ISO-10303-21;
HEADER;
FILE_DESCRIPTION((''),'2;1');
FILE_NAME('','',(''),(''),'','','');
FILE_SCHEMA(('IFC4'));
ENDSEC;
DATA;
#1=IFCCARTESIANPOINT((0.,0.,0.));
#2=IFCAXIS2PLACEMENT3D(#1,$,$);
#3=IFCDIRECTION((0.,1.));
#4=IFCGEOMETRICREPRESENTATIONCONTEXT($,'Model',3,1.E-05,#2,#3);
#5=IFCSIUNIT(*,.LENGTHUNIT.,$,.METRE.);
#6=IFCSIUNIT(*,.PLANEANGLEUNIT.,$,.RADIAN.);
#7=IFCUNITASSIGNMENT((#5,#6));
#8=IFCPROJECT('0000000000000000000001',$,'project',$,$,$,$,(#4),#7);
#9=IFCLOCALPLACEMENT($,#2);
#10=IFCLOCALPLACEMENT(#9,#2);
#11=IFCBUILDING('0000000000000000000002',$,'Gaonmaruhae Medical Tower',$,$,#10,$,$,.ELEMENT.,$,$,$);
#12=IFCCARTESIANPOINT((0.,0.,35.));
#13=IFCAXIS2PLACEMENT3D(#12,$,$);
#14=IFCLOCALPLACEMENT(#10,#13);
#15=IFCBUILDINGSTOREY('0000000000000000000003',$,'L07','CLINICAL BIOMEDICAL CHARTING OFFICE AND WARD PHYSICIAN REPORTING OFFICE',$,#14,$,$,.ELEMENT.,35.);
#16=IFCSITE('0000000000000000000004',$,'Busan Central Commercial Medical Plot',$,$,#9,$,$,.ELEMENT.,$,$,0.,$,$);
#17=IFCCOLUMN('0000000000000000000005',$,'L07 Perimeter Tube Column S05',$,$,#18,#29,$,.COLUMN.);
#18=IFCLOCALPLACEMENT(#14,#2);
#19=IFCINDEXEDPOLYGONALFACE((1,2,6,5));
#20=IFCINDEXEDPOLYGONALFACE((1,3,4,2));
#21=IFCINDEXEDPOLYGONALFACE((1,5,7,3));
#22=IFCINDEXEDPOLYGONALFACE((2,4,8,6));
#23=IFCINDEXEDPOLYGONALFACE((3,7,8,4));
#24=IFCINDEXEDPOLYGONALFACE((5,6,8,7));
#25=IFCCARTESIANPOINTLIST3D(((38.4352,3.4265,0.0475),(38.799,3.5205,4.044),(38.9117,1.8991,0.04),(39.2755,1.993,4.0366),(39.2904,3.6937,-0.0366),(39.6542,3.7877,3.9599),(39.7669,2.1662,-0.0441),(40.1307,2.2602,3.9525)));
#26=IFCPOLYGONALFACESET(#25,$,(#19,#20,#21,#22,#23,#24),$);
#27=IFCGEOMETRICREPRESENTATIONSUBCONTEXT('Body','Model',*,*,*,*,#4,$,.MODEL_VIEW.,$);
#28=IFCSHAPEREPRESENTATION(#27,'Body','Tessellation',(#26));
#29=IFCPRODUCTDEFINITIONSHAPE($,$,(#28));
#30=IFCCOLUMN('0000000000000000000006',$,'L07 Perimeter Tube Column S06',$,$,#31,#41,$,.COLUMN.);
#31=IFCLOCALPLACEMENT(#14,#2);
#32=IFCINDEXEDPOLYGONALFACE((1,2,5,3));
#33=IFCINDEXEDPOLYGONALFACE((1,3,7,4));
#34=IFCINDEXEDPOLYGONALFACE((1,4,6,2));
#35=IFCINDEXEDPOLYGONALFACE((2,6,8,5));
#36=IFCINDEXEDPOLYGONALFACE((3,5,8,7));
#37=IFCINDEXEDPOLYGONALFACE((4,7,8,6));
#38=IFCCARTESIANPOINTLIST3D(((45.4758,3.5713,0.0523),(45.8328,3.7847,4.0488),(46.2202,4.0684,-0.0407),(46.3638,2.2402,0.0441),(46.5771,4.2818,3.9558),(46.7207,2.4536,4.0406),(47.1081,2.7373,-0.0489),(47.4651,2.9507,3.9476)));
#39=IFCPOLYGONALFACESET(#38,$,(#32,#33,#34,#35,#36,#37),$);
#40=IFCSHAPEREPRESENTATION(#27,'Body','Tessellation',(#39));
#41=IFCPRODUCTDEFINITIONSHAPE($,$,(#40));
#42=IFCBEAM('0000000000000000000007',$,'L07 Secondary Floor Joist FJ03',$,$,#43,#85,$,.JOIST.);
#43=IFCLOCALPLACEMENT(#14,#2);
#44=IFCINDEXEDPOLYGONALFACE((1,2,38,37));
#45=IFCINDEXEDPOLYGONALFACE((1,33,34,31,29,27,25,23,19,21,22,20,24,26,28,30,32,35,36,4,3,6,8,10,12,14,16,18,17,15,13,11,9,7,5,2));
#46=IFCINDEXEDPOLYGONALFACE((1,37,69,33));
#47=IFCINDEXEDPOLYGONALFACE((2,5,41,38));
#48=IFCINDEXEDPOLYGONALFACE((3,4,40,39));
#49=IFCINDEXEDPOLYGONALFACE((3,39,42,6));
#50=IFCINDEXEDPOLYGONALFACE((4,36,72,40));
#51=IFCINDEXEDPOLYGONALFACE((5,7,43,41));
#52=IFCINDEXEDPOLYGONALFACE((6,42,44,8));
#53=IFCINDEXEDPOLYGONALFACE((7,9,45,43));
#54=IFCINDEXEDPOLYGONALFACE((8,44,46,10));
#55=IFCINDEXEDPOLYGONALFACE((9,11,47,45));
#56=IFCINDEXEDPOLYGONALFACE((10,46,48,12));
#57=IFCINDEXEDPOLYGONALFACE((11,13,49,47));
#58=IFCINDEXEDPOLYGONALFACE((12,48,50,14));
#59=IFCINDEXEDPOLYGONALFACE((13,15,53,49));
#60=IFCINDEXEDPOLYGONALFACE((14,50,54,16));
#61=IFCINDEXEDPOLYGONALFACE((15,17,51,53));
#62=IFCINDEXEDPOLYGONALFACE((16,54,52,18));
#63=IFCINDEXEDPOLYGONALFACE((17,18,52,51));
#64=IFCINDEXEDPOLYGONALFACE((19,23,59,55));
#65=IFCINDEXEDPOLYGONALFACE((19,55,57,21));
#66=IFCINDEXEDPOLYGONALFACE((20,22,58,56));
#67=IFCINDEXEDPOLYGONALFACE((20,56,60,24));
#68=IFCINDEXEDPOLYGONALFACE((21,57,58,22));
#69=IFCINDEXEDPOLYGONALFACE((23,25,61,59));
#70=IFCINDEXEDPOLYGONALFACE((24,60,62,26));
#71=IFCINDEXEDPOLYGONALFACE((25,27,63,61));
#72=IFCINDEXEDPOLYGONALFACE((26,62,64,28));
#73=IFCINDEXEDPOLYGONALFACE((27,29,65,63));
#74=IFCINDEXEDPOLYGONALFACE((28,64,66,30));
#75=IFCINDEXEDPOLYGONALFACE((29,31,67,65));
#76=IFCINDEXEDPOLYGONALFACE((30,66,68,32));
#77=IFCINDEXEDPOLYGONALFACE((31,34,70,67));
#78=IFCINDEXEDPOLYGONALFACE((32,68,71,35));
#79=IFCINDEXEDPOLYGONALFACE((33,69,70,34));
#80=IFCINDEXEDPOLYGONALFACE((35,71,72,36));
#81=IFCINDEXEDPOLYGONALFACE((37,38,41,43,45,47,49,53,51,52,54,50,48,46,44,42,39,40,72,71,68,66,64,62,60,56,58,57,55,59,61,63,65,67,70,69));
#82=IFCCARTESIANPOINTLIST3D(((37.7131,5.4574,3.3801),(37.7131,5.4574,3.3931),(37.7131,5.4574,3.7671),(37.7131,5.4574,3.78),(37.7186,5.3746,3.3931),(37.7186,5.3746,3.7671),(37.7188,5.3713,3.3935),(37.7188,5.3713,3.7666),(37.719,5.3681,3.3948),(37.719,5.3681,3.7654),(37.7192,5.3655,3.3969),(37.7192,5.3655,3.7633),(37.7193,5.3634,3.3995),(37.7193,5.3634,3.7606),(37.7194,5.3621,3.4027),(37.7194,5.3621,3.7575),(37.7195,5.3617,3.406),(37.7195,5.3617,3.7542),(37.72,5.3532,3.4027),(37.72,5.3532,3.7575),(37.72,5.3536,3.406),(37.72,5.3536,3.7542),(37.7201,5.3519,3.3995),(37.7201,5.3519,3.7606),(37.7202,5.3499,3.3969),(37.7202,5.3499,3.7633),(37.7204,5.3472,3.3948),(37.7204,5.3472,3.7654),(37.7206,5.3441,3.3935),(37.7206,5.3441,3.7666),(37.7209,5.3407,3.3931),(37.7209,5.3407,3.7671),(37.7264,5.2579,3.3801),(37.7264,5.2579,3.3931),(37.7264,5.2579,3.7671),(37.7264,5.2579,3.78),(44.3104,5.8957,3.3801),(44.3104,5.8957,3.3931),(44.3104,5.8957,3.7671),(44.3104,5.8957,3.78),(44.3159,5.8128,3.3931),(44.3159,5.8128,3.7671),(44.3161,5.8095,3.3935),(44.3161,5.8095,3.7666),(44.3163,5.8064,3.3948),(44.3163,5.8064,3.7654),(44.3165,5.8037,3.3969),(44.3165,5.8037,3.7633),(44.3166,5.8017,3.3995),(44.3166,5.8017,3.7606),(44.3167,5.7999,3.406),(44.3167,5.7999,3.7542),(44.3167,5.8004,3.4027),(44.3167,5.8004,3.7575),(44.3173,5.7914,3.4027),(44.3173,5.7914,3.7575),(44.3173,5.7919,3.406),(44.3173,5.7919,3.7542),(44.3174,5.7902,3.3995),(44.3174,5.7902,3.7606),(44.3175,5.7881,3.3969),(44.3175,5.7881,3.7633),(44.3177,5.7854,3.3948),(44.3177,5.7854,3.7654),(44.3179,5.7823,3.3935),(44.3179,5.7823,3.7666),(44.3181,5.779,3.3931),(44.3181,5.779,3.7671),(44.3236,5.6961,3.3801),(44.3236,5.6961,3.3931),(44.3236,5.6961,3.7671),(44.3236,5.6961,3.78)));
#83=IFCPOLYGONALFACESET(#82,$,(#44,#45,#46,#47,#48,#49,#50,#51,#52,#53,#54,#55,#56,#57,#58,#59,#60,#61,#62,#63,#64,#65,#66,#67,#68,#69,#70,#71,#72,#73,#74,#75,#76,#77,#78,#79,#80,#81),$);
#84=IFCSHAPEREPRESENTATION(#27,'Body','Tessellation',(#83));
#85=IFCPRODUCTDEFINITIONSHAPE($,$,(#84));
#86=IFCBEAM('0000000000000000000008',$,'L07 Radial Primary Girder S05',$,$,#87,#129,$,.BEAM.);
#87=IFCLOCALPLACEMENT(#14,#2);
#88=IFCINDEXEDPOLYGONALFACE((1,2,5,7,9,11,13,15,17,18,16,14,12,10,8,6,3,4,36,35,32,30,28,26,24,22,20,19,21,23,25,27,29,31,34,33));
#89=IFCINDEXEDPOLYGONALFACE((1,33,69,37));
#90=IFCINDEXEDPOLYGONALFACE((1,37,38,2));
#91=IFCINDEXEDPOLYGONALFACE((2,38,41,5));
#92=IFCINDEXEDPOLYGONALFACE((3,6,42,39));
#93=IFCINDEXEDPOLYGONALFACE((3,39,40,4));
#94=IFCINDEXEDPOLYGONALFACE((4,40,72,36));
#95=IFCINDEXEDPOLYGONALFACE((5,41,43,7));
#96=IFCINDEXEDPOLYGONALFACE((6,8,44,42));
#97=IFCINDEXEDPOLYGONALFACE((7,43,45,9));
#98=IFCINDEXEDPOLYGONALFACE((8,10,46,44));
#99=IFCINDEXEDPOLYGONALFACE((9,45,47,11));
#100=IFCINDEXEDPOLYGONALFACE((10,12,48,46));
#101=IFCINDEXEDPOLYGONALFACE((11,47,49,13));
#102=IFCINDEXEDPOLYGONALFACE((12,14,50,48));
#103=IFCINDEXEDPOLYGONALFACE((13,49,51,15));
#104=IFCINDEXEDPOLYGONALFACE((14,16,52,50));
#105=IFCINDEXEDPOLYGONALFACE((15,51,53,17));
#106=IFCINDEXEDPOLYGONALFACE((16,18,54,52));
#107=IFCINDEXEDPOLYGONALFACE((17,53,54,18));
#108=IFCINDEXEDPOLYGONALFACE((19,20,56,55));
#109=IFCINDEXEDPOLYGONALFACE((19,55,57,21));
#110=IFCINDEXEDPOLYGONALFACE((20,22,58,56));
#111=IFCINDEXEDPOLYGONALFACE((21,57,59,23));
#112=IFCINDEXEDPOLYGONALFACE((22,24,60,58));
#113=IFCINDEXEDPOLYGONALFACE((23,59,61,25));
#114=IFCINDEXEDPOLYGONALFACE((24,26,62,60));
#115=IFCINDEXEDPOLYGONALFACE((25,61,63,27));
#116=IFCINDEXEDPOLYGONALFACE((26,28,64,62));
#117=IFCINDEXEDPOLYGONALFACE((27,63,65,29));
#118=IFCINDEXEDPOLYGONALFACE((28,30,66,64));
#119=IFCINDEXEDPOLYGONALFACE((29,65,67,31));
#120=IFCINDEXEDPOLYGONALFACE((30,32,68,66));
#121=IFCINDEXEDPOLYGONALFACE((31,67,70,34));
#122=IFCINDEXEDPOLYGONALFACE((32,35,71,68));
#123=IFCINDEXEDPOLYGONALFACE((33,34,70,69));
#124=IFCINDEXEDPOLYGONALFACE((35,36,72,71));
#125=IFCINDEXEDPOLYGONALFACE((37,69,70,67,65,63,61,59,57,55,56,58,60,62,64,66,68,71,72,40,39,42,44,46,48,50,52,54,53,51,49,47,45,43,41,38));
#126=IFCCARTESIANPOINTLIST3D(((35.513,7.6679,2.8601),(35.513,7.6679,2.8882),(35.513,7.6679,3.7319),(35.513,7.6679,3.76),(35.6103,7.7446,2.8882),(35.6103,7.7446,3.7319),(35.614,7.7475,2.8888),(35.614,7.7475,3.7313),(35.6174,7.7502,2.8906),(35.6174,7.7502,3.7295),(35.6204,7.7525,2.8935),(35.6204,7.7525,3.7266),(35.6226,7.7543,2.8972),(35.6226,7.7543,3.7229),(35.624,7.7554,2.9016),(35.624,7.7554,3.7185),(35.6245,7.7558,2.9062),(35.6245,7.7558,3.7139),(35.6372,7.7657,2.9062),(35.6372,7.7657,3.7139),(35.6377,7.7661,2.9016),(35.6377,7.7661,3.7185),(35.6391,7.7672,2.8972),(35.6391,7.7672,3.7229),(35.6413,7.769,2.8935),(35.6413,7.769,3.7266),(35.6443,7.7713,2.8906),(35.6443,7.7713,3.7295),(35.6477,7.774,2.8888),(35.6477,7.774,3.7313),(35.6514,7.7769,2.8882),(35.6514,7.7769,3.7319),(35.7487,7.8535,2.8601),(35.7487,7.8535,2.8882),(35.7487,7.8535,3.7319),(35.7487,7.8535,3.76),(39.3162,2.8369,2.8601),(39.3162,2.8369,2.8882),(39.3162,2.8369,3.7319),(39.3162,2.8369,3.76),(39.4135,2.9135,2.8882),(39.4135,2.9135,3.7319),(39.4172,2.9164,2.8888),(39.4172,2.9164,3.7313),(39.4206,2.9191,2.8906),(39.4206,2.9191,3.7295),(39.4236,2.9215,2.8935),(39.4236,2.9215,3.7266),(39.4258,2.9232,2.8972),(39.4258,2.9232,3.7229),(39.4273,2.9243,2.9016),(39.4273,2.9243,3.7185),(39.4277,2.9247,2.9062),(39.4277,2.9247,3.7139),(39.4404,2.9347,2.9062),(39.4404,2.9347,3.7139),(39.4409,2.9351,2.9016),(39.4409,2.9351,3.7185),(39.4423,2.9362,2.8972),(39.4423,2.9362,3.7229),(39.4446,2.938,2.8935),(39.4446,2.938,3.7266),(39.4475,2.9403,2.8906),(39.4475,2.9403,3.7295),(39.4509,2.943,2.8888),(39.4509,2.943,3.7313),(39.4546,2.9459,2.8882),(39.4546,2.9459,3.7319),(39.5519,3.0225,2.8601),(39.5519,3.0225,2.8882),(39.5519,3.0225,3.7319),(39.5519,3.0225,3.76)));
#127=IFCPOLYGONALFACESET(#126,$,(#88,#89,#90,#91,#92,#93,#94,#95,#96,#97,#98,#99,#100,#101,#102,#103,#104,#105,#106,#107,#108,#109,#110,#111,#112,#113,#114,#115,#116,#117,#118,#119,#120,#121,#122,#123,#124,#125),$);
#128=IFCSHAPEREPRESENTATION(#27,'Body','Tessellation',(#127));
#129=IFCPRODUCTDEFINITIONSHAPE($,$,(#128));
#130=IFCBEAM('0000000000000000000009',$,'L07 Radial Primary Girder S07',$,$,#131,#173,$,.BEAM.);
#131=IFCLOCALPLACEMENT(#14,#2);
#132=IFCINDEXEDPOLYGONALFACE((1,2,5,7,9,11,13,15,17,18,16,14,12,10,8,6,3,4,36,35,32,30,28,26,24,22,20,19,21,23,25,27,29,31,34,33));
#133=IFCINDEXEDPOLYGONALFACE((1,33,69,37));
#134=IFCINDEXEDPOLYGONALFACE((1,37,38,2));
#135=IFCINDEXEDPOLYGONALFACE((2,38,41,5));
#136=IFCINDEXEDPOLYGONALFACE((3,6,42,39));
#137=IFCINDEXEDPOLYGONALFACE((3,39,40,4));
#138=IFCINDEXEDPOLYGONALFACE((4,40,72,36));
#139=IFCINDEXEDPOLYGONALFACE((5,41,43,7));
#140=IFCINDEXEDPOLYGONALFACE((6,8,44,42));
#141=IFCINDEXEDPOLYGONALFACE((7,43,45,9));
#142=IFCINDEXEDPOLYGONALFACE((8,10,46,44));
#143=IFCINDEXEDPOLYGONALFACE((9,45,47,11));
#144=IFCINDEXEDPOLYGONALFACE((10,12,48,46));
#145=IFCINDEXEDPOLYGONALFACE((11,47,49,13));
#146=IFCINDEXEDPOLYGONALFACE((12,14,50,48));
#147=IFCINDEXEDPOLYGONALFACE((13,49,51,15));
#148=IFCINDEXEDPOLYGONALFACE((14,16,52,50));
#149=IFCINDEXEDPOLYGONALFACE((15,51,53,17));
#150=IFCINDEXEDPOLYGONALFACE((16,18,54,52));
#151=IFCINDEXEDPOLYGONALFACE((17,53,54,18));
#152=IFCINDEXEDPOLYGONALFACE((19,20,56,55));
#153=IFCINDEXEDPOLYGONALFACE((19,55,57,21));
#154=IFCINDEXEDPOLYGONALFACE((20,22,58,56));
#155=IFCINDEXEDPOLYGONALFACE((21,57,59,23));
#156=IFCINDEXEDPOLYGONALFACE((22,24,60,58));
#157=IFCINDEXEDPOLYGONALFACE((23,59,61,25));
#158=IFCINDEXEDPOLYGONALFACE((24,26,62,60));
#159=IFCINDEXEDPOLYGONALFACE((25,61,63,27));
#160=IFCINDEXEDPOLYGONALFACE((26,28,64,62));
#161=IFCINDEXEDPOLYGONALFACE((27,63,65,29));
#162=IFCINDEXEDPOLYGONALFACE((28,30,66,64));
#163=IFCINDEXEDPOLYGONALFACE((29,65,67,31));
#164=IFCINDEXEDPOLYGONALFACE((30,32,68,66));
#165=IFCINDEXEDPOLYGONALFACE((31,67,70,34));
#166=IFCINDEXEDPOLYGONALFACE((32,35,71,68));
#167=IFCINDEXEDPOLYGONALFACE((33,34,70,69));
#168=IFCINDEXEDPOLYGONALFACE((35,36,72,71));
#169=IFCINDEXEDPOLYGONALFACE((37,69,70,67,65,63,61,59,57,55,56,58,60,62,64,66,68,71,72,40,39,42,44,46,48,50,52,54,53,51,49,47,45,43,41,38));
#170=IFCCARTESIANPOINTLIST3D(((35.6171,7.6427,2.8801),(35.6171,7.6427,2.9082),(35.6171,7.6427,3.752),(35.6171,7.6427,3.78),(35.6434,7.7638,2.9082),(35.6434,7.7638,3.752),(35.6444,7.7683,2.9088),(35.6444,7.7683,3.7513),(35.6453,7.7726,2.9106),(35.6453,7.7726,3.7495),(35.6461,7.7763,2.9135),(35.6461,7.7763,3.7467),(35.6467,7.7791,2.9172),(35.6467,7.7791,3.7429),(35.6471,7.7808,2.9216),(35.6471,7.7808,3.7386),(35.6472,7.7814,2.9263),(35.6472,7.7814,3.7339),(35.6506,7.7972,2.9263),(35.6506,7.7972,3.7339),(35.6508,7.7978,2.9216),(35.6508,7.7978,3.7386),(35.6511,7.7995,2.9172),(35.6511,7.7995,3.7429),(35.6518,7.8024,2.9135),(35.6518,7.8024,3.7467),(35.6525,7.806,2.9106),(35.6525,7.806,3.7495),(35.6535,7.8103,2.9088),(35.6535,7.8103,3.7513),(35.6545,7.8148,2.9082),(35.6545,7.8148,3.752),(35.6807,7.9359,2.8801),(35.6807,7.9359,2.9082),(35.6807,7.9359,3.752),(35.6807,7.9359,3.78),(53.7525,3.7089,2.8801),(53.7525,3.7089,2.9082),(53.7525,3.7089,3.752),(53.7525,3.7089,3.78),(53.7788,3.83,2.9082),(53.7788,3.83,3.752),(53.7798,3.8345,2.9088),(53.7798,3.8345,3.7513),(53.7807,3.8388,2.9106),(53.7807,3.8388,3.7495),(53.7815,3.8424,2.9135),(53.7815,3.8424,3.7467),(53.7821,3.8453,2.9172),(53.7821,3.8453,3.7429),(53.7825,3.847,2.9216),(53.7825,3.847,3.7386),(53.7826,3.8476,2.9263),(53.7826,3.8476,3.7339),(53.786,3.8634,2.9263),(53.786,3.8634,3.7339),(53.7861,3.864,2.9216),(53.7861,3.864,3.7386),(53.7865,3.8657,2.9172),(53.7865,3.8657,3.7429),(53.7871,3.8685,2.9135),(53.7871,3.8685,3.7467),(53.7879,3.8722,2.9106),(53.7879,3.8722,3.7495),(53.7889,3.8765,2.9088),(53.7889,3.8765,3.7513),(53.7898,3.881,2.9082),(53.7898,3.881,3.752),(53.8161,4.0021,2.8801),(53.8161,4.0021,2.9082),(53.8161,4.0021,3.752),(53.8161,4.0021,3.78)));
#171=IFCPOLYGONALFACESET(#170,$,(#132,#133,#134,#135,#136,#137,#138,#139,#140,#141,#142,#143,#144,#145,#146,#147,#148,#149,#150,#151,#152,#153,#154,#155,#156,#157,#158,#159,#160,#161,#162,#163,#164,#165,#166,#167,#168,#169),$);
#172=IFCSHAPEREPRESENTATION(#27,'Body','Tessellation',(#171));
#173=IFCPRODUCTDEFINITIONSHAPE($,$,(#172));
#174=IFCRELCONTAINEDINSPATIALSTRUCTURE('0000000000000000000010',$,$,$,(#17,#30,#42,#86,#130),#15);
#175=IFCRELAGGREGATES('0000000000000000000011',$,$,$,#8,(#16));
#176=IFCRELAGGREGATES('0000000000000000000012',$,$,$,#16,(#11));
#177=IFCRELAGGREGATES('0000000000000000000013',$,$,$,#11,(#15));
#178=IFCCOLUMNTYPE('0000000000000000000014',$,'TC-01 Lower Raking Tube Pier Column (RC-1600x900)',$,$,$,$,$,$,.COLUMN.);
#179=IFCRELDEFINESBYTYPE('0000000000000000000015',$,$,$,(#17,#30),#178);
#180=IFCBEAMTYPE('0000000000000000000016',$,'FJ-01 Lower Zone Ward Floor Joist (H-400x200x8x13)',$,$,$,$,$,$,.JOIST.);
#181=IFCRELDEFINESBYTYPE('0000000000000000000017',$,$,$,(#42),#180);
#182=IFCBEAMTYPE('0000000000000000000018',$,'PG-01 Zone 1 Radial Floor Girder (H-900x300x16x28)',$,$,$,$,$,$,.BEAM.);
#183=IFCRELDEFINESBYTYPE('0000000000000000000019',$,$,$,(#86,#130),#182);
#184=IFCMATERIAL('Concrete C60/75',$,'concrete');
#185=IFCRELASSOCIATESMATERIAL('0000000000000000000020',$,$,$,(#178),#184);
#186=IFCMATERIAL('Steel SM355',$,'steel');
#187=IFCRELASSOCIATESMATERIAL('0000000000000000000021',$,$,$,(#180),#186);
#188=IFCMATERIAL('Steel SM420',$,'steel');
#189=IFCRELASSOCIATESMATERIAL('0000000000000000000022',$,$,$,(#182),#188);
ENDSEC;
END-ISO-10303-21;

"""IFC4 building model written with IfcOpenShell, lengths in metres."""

from ifc_helpers import new_model, si_unit, direction, frame, origin, origin_2d, place, context, subcontext, project, spatial, rectangle, i_section, extrude, material, material_profile, profile_set, type_object, element, save


model = new_model("IFC4")

# Units and contexts
model_context = context("Model", 3, precision=1e-05, world=origin(), true_north=direction((0.0, 1.0)))
body_context = subcontext(model_context, "Body", "Model", "MODEL_VIEW")
ifc_project = project(units=[si_unit("LENGTHUNIT", "METRE"), si_unit("PLANEANGLEUNIT", "RADIAN")], contexts=[model_context])

# Site, building, storey
site_placement = place(None, origin())
site = spatial("IfcSite", under=ifc_project, at=site_placement, Name="Busan Central Commercial Medical Plot", CompositionType="ELEMENT", RefElevation=0.0)
building_placement = place(site_placement, origin())
building = spatial("IfcBuilding", under=site, at=building_placement, Name="Gaonmaruhae Medical Tower", CompositionType="ELEMENT")
storey_placement = place(building_placement, frame((0.0, 0.0, 35.0)))
storey = spatial("IfcBuildingStorey", under=building, at=storey_placement, Name="L07", Description="CLINICAL BIOMEDICAL CHARTING OFFICE AND WARD PHYSICIAN REPORTING OFFICE", CompositionType="ELEMENT", Elevation=35.0)

# Columns
ifc_material_1 = material(Name="Concrete C60/75", Category="concrete")
ifc_material_profile_1 = material_profile(ifc_material_1, rectangle(XDim=1.6001, YDim=0.8999, at=origin_2d()), Name="RC-1600x900")
ifc_profile_set_1 = profile_set([ifc_material_profile_1], Name="Concrete C60/75")
column_type = type_object("IfcColumnType", Name="TC-01 Lower Raking Tube Pier Column (RC-1600x900)", PredefinedType="COLUMN", material=ifc_profile_set_1)
column_1_placement = place(storey_placement, frame((39.1011, 2.7964, 0.0017), z_axis=(0.090621, 0.023415, 0.99561), x_axis=(-0.297792, 0.954619, 0.004654)))
element("IfcColumn", 1, at=column_1_placement, inside=storey, type_object=column_type, Name="L07 Perimeter Tube Column S05", PredefinedType="COLUMN", context=body_context, shape_type="SweptSolid", body=[
    extrude(rectangle(XDim=1.6001, YDim=0.8999, at=origin_2d()), origin(), (0.0, 0.0, 1.0), 4.0142),
])
column_2_placement = place(storey_placement, frame((46.292, 3.1543, 0.0017), z_axis=(0.08883, 0.053104, 0.99463), x_axis=(-0.554927, 0.831883, 0.005146)))
element("IfcColumn", 2, at=column_2_placement, inside=storey, type_object=column_type, Name="L07 Perimeter Tube Column S06", PredefinedType="COLUMN", context=body_context, shape_type="SweptSolid", body=[
    extrude(rectangle(XDim=1.6001, YDim=0.8999, at=origin_2d()), origin(), (0.0, 0.0, 1.0), 4.0181),
])

# Beams
ifc_material_2 = material(Name="Steel SM355", Category="steel")
ifc_material_profile_2 = material_profile(ifc_material_2, i_section(OverallWidth=0.2, OverallDepth=0.3999, WebThickness=0.0081, FlangeThickness=0.0129, FilletRadius=0.0129, at=origin_2d()), Name="H-400x200x8x13")
ifc_profile_set_2 = profile_set([ifc_material_profile_2], Name="Steel SM355")
beam_type_1 = type_object("IfcBeamType", Name="FJ-01 Lower Zone Ward Floor Joist (H-400x200x8x13)", PredefinedType="JOIST", material=ifc_profile_set_2)
beam_1_placement = place(storey_placement, frame((37.7197, 5.3577, 3.5801), z_axis=(0.997801, 0.066281, 0.0), x_axis=(-0.066281, 0.997801, 0.0)))
element("IfcBeam", 3, at=beam_1_placement, inside=storey, type_object=beam_type_1, Name="L07 Secondary Floor Joist FJ03", PredefinedType="JOIST", context=body_context, shape_type="SweptSolid", body=[
    extrude(i_section(OverallWidth=0.2, OverallDepth=0.3999, WebThickness=0.0081, FlangeThickness=0.0129, FilletRadius=0.0129, at=origin_2d()), origin(), (0.0, 0.0, 1.0), 6.6118),
])
ifc_material_3 = material(Name="Steel SM420", Category="steel")
ifc_material_profile_3 = material_profile(ifc_material_3, i_section(OverallWidth=0.3, OverallDepth=0.8999, WebThickness=0.0161, FlangeThickness=0.0281, FilletRadius=0.0181, at=origin_2d()), Name="H-900x300x16x28")
ifc_profile_set_3 = profile_set([ifc_material_profile_3], Name="Steel SM420")
beam_type_2 = type_object("IfcBeamType", Name="PG-01 Zone 1 Radial Floor Girder (H-900x300x16x28)", PredefinedType="BEAM", material=ifc_profile_set_3)
beam_2_placement = place(storey_placement, frame((35.6309, 7.7607, 3.3101), z_axis=(0.618565, -0.785734, 0.0), x_axis=(0.785734, 0.618565, 0.0)))
element("IfcBeam", 4, at=beam_2_placement, inside=storey, type_object=beam_type_2, Name="L07 Radial Primary Girder S05", PredefinedType="BEAM", context=body_context, shape_type="SweptSolid", body=[
    extrude(i_section(OverallWidth=0.3, OverallDepth=0.8999, WebThickness=0.0161, FlangeThickness=0.0281, FilletRadius=0.0181, at=origin_2d()), origin(), (0.0, 0.0, 1.0), 6.1484),
])
beam_3_placement = place(storey_placement, frame((35.6489, 7.7893, 3.3301), z_axis=(0.977273, -0.211984, 0.0), x_axis=(0.211984, 0.977273, 0.0)))
element("IfcBeam", 5, at=beam_3_placement, inside=storey, type_object=beam_type_2, Name="L07 Radial Primary Girder S07", PredefinedType="BEAM", context=body_context, shape_type="SweptSolid", body=[
    extrude(i_section(OverallWidth=0.3, OverallDepth=0.8999, WebThickness=0.0161, FlangeThickness=0.0281, FilletRadius=0.0181, at=origin_2d()), origin(), (0.0, 0.0, 1.0), 18.5571),
])

save(model, "model.ifc")
